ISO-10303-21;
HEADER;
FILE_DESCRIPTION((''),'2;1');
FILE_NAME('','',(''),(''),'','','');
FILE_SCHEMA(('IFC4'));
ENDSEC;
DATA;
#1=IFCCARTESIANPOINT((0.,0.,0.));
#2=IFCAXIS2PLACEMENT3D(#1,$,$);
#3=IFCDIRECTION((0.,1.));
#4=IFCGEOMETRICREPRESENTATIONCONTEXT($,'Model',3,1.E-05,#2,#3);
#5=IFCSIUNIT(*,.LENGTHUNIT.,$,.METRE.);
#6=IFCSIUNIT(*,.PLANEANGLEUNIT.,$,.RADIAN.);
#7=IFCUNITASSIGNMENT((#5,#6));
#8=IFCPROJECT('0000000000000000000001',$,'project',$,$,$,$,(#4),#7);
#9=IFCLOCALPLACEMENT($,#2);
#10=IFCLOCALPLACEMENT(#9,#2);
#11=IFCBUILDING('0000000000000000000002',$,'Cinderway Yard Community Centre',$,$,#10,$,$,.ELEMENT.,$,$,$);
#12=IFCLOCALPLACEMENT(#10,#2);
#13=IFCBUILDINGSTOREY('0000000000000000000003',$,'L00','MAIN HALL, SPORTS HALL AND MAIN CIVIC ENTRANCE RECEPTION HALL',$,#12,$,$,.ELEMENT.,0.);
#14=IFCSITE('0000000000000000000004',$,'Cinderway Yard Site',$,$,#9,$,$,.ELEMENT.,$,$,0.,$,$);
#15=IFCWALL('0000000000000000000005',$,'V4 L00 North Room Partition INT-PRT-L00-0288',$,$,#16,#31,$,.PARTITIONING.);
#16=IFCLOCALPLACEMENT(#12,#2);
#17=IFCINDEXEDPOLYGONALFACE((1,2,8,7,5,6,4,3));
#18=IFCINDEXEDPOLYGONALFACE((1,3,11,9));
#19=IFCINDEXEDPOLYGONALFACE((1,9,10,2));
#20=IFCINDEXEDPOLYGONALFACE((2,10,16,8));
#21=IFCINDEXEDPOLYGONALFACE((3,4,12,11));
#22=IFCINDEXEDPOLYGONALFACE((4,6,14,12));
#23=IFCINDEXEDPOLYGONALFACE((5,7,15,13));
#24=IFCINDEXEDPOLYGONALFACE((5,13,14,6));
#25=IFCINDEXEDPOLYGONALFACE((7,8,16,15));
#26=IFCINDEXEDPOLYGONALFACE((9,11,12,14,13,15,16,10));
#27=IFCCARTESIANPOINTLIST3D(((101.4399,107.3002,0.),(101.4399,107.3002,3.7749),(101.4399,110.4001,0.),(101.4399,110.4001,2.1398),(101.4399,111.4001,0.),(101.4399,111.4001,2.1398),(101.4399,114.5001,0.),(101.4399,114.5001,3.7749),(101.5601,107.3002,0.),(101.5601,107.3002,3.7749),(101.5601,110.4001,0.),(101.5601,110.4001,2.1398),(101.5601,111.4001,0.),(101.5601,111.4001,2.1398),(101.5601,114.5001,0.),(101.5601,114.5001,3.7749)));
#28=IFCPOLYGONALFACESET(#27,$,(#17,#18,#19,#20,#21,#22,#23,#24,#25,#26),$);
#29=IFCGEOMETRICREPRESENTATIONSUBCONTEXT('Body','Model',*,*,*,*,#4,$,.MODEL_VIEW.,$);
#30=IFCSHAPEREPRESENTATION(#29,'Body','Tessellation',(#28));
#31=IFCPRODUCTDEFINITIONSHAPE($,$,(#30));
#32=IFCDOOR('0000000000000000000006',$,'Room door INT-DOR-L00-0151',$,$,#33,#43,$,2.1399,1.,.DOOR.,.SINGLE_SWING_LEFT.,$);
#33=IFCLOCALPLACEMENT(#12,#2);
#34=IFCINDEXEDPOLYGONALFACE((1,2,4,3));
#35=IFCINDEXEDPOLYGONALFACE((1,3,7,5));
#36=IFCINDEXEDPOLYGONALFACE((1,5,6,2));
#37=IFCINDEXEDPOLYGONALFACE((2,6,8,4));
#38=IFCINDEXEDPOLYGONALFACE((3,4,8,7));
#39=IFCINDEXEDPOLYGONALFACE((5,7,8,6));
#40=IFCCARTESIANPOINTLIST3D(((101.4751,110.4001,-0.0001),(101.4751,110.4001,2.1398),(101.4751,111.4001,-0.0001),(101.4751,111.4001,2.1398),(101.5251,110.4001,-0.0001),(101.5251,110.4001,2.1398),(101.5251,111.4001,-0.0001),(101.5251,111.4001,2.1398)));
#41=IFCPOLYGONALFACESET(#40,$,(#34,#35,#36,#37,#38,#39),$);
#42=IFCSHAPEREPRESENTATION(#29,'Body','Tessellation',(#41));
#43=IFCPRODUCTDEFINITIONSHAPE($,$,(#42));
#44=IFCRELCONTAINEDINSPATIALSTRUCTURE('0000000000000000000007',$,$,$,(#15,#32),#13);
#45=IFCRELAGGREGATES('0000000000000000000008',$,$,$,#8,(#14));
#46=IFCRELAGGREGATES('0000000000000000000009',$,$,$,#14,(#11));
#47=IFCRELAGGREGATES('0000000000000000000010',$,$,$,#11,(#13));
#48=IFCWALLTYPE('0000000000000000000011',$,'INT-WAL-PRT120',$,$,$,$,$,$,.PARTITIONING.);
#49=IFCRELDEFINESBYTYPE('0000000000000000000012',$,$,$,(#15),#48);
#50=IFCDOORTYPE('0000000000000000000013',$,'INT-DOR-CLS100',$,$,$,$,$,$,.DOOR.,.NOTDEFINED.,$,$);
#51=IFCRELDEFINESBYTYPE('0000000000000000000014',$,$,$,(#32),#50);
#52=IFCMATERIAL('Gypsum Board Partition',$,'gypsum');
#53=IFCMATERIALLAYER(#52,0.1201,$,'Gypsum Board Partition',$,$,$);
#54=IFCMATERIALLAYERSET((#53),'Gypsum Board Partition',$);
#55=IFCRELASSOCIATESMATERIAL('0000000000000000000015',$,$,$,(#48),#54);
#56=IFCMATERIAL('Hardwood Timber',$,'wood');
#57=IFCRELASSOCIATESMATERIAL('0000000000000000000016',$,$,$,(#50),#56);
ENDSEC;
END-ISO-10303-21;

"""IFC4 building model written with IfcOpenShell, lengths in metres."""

from ifc_helpers import new_model, si_unit, direction, frame, frame_2d, origin, place, context, subcontext, project, spatial, rectangle, extrude, material, layer, layer_set, type_object, element, fill, save


model = new_model("IFC4")

# Units and contexts
model_context = context("Model", 3, precision=1e-05, world=origin(), true_north=direction((0.0, 1.0)))
body_context = subcontext(model_context, "Body", "Model", "MODEL_VIEW")
ifc_project = project(units=[si_unit("LENGTHUNIT", "METRE"), si_unit("PLANEANGLEUNIT", "RADIAN")], contexts=[model_context])

# Site, building, storey
site_placement = place(None, origin())
site = spatial("IfcSite", under=ifc_project, at=site_placement, Name="Cinderway Yard Site", CompositionType="ELEMENT", RefElevation=0.0)
building_placement = place(site_placement, origin())
building = spatial("IfcBuilding", under=site, at=building_placement, Name="Cinderway Yard Community Centre", CompositionType="ELEMENT")
storey_placement = place(building_placement, origin())
storey = spatial("IfcBuildingStorey", under=building, at=storey_placement, Name="L00", Description="MAIN HALL, SPORTS HALL AND MAIN CIVIC ENTRANCE RECEPTION HALL", CompositionType="ELEMENT", Elevation=0.0)

# Wall, opening, door
ifc_material_1 = material(Name="Gypsum Board Partition", Category="gypsum")
ifc_layer_1 = layer(ifc_material_1, 0.1201, Name="Gypsum Board Partition")
ifc_layer_set_1 = layer_set([ifc_layer_1], Name="Gypsum Board Partition")
wall_type_1 = type_object("IfcWallType", Name="INT-WAL-PRT120", PredefinedType="PARTITIONING", material=ifc_layer_set_1)
wall_1_placement = place(storey_placement, frame((101.5, 107.3, 0.0), z_axis=(0.0, 0.0, 1.0), x_axis=(0.0, 1.0, 0.0)))
wall_1 = element("IfcWall", 1, at=wall_1_placement, inside=storey, type_object=wall_type_1, Name="V4 L00 North Room Partition INT-PRT-L00-0288", PredefinedType="PARTITIONING", context=body_context, shape_type="SweptSolid", body=[
    extrude(rectangle(XDim=7.2, YDim=0.1201, at=frame_2d((3.6001, 0.0))), origin(), (0.0, 0.0, 1.0), 3.7749),
])
opening_1_placement = place(wall_1_placement, frame((3.1001, 0.0, 0.0)))
opening_1 = element("IfcOpeningElement", 2, at=opening_1_placement, cuts=wall_1, PredefinedType="OPENING", context=body_context, shape_type="SweptSolid", body=[
    extrude(rectangle(XDim=1.0, YDim=2.1399, at=frame_2d((0.5, 1.0698))), frame((0.0, 0.0701, 0.0), z_axis=(0.0, -1.0, 0.0), x_axis=(1.0, 0.0, 0.0)), (0.0, 0.0, 1.0), 0.1401),
])
ifc_material_2 = material(Name="Hardwood Timber", Category="wood")
door_type = type_object("IfcDoorType", Name="INT-DOR-CLS100", OperationType="NOTDEFINED", PredefinedType="DOOR", material=ifc_material_2)
door_placement = place(opening_1_placement, origin())
door = element("IfcDoor", 3, at=door_placement, inside=storey, type_object=door_type, Name="Room door INT-DOR-L00-0151", OperationType="SINGLE_SWING_LEFT", OverallHeight=2.1399, OverallWidth=1.0, PredefinedType="DOOR", context=body_context, shape_type="SweptSolid", body=[
    extrude(rectangle(XDim=1.0, YDim=2.1399, at=frame_2d((0.5, 1.0698))), frame((0.0, 0.0249, 0.0), z_axis=(0.0, -1.0, 0.0), x_axis=(1.0, 0.0, 0.0)), (0.0, 0.0, 1.0), 0.05),
])
fill(opening_1, door)

save(model, "model.ifc")
